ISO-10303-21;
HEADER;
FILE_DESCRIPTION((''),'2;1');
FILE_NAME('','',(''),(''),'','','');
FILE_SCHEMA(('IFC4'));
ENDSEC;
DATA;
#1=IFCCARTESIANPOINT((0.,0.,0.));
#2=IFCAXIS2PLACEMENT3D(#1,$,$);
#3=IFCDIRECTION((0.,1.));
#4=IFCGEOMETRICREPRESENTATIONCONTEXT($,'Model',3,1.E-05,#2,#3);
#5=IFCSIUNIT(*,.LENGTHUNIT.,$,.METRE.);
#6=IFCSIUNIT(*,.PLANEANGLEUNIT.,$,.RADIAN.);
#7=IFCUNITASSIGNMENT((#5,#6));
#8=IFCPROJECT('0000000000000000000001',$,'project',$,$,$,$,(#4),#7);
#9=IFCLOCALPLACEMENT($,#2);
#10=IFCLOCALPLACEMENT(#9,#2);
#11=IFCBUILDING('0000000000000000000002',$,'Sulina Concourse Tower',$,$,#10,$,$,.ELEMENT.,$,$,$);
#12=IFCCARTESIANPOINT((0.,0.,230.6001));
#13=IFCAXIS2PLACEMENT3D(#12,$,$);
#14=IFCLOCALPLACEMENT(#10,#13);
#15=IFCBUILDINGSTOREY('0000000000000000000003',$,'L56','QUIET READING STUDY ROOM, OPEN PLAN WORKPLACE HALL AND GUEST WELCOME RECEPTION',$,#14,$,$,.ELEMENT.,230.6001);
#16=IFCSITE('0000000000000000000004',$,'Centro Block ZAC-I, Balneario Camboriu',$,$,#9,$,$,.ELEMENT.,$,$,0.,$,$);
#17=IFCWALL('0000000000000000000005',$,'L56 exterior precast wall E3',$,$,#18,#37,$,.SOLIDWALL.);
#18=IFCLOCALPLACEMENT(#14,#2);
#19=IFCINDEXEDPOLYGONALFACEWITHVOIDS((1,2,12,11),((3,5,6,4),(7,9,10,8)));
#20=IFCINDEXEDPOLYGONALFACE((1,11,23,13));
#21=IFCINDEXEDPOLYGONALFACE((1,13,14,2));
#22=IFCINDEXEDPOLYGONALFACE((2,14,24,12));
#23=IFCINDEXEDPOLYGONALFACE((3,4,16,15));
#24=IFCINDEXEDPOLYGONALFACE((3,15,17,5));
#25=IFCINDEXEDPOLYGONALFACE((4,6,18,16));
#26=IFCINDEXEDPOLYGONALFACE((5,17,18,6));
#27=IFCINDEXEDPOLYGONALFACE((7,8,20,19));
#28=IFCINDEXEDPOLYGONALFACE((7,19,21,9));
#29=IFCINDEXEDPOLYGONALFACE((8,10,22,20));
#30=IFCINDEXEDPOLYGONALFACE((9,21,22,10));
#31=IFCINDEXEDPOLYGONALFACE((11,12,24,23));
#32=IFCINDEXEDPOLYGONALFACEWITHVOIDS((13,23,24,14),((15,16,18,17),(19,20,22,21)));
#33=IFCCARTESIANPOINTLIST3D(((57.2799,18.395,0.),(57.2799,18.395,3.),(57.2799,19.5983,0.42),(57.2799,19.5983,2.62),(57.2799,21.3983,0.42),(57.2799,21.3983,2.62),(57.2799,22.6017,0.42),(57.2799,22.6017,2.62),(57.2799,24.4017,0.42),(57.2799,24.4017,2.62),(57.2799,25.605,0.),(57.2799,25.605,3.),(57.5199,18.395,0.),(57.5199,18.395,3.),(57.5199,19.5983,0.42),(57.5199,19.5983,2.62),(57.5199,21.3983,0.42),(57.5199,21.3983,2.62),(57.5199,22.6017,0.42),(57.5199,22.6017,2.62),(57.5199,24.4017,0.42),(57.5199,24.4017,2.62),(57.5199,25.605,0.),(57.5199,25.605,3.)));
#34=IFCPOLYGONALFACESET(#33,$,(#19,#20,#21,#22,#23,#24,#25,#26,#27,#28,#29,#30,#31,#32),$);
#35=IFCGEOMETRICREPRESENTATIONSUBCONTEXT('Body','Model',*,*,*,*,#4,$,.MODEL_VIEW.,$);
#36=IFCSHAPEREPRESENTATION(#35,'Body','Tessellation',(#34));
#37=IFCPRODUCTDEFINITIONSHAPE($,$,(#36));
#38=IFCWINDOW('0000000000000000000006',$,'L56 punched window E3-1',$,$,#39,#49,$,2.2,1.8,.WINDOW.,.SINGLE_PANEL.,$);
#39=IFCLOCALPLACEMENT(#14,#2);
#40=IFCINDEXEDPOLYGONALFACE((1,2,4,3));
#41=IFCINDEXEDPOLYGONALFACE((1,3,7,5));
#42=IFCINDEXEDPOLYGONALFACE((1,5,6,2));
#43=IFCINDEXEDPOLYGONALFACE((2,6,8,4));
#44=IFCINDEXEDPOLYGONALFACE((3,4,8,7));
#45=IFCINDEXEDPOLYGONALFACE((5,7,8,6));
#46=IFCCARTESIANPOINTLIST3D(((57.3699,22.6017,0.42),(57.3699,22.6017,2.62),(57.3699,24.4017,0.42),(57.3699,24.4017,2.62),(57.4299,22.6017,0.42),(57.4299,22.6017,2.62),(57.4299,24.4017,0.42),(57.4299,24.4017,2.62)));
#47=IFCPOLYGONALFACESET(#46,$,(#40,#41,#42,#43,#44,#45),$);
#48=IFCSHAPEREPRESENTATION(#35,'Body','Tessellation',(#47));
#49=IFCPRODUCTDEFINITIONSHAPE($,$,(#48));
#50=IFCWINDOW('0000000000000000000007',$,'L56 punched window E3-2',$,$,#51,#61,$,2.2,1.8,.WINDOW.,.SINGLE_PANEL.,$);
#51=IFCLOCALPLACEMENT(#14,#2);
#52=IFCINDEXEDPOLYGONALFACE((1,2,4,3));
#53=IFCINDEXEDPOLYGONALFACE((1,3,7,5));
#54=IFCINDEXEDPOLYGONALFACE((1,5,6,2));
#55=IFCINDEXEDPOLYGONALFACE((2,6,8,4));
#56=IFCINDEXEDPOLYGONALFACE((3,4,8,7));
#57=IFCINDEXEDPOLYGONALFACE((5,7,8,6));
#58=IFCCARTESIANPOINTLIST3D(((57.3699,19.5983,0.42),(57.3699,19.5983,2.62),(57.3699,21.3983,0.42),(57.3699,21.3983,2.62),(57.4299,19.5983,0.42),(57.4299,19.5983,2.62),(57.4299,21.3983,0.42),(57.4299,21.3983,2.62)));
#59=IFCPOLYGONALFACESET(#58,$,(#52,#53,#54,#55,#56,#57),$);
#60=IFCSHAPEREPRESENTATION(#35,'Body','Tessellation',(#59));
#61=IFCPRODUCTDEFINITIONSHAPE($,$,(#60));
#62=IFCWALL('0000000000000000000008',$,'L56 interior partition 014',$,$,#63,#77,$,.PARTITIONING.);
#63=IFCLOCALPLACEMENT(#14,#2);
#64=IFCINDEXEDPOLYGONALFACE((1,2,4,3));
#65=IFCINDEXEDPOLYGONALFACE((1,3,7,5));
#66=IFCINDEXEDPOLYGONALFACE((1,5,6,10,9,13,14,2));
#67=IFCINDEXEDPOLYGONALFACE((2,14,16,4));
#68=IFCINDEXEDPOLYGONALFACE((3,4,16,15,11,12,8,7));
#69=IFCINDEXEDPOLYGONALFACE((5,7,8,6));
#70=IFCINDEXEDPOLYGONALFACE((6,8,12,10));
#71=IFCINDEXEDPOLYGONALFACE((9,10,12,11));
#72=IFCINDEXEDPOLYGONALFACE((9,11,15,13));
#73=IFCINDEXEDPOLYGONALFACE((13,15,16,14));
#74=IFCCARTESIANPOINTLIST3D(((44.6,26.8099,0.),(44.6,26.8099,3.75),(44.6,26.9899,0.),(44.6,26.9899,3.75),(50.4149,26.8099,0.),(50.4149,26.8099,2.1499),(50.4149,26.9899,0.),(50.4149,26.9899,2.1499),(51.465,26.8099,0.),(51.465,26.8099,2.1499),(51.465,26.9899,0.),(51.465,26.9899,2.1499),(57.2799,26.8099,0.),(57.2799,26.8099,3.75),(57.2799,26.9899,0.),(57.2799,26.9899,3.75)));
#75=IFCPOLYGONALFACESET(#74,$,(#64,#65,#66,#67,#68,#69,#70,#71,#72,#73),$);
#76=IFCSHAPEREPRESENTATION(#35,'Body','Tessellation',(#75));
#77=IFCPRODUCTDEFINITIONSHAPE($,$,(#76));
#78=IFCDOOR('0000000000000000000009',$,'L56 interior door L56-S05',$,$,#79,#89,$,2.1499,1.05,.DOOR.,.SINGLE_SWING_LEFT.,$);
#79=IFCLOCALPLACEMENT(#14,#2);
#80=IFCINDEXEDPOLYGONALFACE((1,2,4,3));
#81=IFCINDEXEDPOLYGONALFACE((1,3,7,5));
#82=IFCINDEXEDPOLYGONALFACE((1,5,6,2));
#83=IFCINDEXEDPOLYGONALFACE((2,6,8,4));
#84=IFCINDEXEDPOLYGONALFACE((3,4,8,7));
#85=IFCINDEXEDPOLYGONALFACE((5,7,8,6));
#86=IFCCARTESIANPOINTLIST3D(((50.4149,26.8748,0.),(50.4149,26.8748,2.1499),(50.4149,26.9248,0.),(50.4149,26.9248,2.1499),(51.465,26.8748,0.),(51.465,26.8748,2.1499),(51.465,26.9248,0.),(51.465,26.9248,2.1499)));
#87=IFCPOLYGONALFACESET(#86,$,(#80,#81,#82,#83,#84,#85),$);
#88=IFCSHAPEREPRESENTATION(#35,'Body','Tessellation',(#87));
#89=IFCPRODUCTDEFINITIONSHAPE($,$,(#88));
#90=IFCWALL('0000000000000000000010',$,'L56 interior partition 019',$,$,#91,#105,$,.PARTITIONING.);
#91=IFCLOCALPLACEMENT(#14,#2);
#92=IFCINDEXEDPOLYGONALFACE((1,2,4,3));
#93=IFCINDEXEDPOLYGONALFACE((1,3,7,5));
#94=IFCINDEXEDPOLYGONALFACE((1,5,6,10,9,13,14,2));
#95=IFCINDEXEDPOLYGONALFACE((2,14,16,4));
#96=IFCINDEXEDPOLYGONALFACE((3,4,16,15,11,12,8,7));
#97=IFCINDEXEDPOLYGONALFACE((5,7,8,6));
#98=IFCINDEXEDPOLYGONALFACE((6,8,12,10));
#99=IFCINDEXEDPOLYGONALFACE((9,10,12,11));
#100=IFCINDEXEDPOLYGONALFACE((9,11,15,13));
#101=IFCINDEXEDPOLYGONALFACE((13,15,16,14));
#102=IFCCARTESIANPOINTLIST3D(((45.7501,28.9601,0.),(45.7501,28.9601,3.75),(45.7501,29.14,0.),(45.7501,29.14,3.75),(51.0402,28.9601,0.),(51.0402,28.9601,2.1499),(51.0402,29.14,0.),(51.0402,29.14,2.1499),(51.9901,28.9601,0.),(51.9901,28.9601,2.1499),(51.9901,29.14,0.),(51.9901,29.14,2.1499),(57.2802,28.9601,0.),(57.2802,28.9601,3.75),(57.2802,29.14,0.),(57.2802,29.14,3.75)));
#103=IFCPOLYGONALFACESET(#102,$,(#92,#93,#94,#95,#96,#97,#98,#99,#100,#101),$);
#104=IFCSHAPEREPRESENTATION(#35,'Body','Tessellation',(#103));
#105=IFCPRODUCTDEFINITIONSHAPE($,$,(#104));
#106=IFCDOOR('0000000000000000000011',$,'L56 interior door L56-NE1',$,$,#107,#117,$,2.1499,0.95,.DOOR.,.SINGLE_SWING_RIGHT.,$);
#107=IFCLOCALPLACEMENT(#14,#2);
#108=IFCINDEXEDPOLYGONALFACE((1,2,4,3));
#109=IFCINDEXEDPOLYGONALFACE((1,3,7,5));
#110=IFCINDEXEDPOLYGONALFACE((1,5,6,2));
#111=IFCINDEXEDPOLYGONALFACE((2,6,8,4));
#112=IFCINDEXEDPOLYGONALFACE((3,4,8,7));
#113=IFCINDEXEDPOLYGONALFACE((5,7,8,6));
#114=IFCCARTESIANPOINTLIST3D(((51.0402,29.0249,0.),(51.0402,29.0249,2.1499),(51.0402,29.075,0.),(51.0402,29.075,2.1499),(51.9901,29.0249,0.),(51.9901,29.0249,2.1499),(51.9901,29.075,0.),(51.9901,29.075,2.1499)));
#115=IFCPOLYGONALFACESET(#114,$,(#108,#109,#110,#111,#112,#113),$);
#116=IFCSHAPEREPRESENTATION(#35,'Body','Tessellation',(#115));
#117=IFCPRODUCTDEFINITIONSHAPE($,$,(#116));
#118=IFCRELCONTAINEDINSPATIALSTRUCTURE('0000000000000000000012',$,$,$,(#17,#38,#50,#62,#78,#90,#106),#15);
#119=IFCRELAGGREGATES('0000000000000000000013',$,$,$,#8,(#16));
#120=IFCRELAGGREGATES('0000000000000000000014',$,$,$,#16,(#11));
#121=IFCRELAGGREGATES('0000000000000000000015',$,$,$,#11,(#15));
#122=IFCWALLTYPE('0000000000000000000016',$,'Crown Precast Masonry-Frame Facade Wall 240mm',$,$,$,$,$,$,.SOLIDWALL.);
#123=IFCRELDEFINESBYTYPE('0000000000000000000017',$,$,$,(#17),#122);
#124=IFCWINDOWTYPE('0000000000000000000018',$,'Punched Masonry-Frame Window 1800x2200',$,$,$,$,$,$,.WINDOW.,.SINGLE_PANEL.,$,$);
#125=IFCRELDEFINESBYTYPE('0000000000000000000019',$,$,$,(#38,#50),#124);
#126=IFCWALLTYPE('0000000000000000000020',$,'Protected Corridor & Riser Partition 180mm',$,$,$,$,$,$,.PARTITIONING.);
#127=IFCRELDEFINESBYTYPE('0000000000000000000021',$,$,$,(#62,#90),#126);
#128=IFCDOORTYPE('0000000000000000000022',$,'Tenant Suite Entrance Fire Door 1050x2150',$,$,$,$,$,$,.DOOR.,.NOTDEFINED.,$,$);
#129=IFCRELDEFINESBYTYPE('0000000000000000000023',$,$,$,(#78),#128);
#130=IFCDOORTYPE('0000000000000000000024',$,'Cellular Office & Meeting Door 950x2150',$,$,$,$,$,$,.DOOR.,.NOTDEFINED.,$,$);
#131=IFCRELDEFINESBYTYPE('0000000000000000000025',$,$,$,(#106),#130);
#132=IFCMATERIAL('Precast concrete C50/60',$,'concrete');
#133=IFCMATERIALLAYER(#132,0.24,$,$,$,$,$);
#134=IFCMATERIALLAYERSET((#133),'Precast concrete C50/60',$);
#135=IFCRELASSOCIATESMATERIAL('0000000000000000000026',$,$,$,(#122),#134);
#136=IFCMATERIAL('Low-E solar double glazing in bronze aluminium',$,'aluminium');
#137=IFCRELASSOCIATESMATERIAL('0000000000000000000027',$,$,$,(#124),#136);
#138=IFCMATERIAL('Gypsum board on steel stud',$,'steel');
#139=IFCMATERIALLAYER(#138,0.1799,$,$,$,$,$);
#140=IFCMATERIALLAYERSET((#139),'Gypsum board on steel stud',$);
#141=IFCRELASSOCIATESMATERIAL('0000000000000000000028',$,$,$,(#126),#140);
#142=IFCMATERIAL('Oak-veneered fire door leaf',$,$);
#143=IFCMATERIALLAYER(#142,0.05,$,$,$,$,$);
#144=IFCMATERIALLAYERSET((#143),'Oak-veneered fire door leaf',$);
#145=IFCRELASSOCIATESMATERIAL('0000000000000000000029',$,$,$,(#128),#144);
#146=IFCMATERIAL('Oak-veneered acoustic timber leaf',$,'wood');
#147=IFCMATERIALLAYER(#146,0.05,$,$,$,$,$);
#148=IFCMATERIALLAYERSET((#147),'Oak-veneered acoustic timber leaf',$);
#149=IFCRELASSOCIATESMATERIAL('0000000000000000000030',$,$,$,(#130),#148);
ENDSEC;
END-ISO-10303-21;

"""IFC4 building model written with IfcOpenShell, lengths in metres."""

from ifc_helpers import new_model, si_unit, direction, frame, frame_2d, origin, place, context, subcontext, project, spatial, rectangle, extrude, material, layer, layer_set, type_object, element, fill, save


model = new_model("IFC4")

# Units and contexts
model_context = context("Model", 3, precision=1e-05, world=origin(), true_north=direction((0.0, 1.0)))
body_context = subcontext(model_context, "Body", "Model", "MODEL_VIEW")
ifc_project = project(units=[si_unit("LENGTHUNIT", "METRE"), si_unit("PLANEANGLEUNIT", "RADIAN")], contexts=[model_context])

# Site, building, storey
site_placement = place(None, origin())
site = spatial("IfcSite", under=ifc_project, at=site_placement, Name="Centro Block ZAC-I, Balneario Camboriu", CompositionType="ELEMENT", RefElevation=0.0)
building_placement = place(site_placement, origin())
building = spatial("IfcBuilding", under=site, at=building_placement, Name="Sulina Concourse Tower", CompositionType="ELEMENT")
storey_placement = place(building_placement, frame((0.0, 0.0, 230.6001)))
storey = spatial("IfcBuildingStorey", under=building, at=storey_placement, Name="L56", Description="QUIET READING STUDY ROOM, OPEN PLAN WORKPLACE HALL AND GUEST WELCOME RECEPTION", CompositionType="ELEMENT", Elevation=230.6001)

# Shared definitions
ifc_material_1 = material(Name="Precast concrete C50/60", Category="concrete")
ifc_layer_1 = layer(ifc_material_1, 0.24)
ifc_layer_set_1 = layer_set([ifc_layer_1], Name="Precast concrete C50/60")
wall_type_1 = type_object("IfcWallType", Name="Crown Precast Masonry-Frame Facade Wall 240mm", PredefinedType="SOLIDWALL", material=ifc_layer_set_1)
ifc_material_2 = material(Name="Low-E solar double glazing in bronze aluminium", Category="aluminium")
window_type = type_object("IfcWindowType", Name="Punched Masonry-Frame Window 1800x2200", PartitioningType="SINGLE_PANEL", PredefinedType="WINDOW", material=ifc_material_2)

# Wall, openings, windows
wall_1_placement = place(storey_placement, frame((57.3999, 25.605, 0.0), z_axis=(0.0, 0.0, 1.0), x_axis=(0.0, -1.0, 0.0)))
wall_1 = element("IfcWall", 1, at=wall_1_placement, inside=storey, type_object=wall_type_1, Name="L56 exterior precast wall E3", PredefinedType="SOLIDWALL", context=body_context, shape_type="SweptSolid", body=[
    extrude(rectangle(XDim=7.21, YDim=0.24, at=frame_2d((3.605, 0.0))), origin(), (0.0, 0.0, 1.0), 3.0),
])
opening_1_placement = place(wall_1_placement, frame((1.2034, 0.0, 0.4199)))
opening_1 = element("IfcOpeningElement", 2, at=opening_1_placement, cuts=wall_1, PredefinedType="OPENING", context=body_context, shape_type="SweptSolid", body=[
    extrude(rectangle(XDim=1.8, YDim=2.2, at=frame_2d((0.8999, 1.1001))), frame((0.0, 0.1299, 0.0), z_axis=(0.0, -1.0, 0.0), x_axis=(1.0, 0.0, 0.0)), (0.0, 0.0, 1.0), 0.26),
])
opening_2_placement = place(wall_1_placement, frame((4.2068, 0.0, 0.4199)))
opening_2 = element("IfcOpeningElement", 3, at=opening_2_placement, cuts=wall_1, PredefinedType="OPENING", context=body_context, shape_type="SweptSolid", body=[
    extrude(rectangle(XDim=1.8, YDim=2.2, at=frame_2d((0.8999, 1.1001))), frame((0.0, 0.1299, 0.0), z_axis=(0.0, -1.0, 0.0), x_axis=(1.0, 0.0, 0.0)), (0.0, 0.0, 1.0), 0.26),
])
window_1_placement = place(opening_1_placement, origin())
window_1 = element("IfcWindow", 4, at=window_1_placement, inside=storey, type_object=window_type, Name="L56 punched window E3-1", OverallHeight=2.2, OverallWidth=1.8, PartitioningType="SINGLE_PANEL", PredefinedType="WINDOW", context=body_context, shape_type="SweptSolid", body=[
    extrude(rectangle(XDim=1.8, YDim=2.2, at=frame_2d((0.8999, 1.1001))), frame((0.0, 0.03, 0.0), z_axis=(0.0, -1.0, 0.0), x_axis=(1.0, 0.0, 0.0)), (0.0, 0.0, 1.0), 0.0601),
])
fill(opening_1, window_1)
window_2_placement = place(opening_2_placement, origin())
window_2 = element("IfcWindow", 5, at=window_2_placement, inside=storey, type_object=window_type, Name="L56 punched window E3-2", OverallHeight=2.2, OverallWidth=1.8, PartitioningType="SINGLE_PANEL", PredefinedType="WINDOW", context=body_context, shape_type="SweptSolid", body=[
    extrude(rectangle(XDim=1.8, YDim=2.2, at=frame_2d((0.8999, 1.1001))), frame((0.0, 0.03, 0.0), z_axis=(0.0, -1.0, 0.0), x_axis=(1.0, 0.0, 0.0)), (0.0, 0.0, 1.0), 0.0601),
])
fill(opening_2, window_2)

# Walls, openings, doors
ifc_material_3 = material(Name="Gypsum board on steel stud", Category="steel")
ifc_layer_2 = layer(ifc_material_3, 0.1799)
ifc_layer_set_2 = layer_set([ifc_layer_2], Name="Gypsum board on steel stud")
wall_type_2 = type_object("IfcWallType", Name="Protected Corridor & Riser Partition 180mm", PredefinedType="PARTITIONING", material=ifc_layer_set_2)
wall_2_placement = place(storey_placement, frame((44.6001, 26.8999, 0.0), z_axis=(0.0, 0.0, 1.0), x_axis=(1.0, 0.0, 0.0)))
wall_2 = element("IfcWall", 6, at=wall_2_placement, inside=storey, type_object=wall_type_2, Name="L56 interior partition 014", PredefinedType="PARTITIONING", context=body_context, shape_type="SweptSolid", body=[
    extrude(rectangle(XDim=12.6799, YDim=0.1799, at=frame_2d((6.3398, 0.0))), origin(), (0.0, 0.0, 1.0), 3.75),
])
opening_3_placement = place(wall_2_placement, frame((5.8149, 0.0, 0.0)))
opening_3 = element("IfcOpeningElement", 7, at=opening_3_placement, cuts=wall_2, PredefinedType="OPENING", context=body_context, shape_type="SweptSolid", body=[
    extrude(rectangle(XDim=1.05, YDim=2.1499, at=frame_2d((0.5249, 1.075))), frame((0.0, 0.0999, 0.0), z_axis=(0.0, -1.0, 0.0), x_axis=(1.0, 0.0, 0.0)), (0.0, 0.0, 1.0), 0.2),
])
ifc_material_4 = material(Name="Oak-veneered fire door leaf")
ifc_layer_3 = layer(ifc_material_4, 0.05)
ifc_layer_set_3 = layer_set([ifc_layer_3], Name="Oak-veneered fire door leaf")
door_type_1 = type_object("IfcDoorType", Name="Tenant Suite Entrance Fire Door 1050x2150", OperationType="NOTDEFINED", PredefinedType="DOOR", material=ifc_layer_set_3)
door_1_placement = place(opening_3_placement, origin())
door_1 = element("IfcDoor", 8, at=door_1_placement, inside=storey, type_object=door_type_1, Name="L56 interior door L56-S05", OperationType="SINGLE_SWING_LEFT", OverallHeight=2.1499, OverallWidth=1.05, PredefinedType="DOOR", context=body_context, shape_type="SweptSolid", body=[
    extrude(rectangle(XDim=1.05, YDim=2.1499, at=frame_2d((0.5249, 1.075))), frame((0.0, 0.0249, 0.0), z_axis=(0.0, -1.0, 0.0), x_axis=(1.0, 0.0, 0.0)), (0.0, 0.0, 1.0), 0.05),
])
fill(opening_3, door_1)
wall_3_placement = place(storey_placement, frame((45.75, 29.05, 0.0), z_axis=(0.0, 0.0, 1.0), x_axis=(1.0, 0.0, 0.0)))
wall_3 = element("IfcWall", 9, at=wall_3_placement, inside=storey, type_object=wall_type_2, Name="L56 interior partition 019", PredefinedType="PARTITIONING", context=body_context, shape_type="SweptSolid", body=[
    extrude(rectangle(XDim=11.53, YDim=0.1799, at=frame_2d((5.7651, 0.0))), origin(), (0.0, 0.0, 1.0), 3.75),
])
opening_4_placement = place(wall_3_placement, frame((5.29, 0.0, 0.0)))
opening_4 = element("IfcOpeningElement", 10, at=opening_4_placement, cuts=wall_3, PredefinedType="OPENING", context=body_context, shape_type="SweptSolid", body=[
    extrude(rectangle(XDim=0.95, YDim=2.1499, at=frame_2d((0.4751, 1.075))), frame((0.0, 0.0999, 0.0), z_axis=(0.0, -1.0, 0.0), x_axis=(1.0, 0.0, 0.0)), (0.0, 0.0, 1.0), 0.2),
])
ifc_material_5 = material(Name="Oak-veneered acoustic timber leaf", Category="wood")
ifc_layer_4 = layer(ifc_material_5, 0.05)
ifc_layer_set_4 = layer_set([ifc_layer_4], Name="Oak-veneered acoustic timber leaf")
door_type_2 = type_object("IfcDoorType", Name="Cellular Office & Meeting Door 950x2150", OperationType="NOTDEFINED", PredefinedType="DOOR", material=ifc_layer_set_4)
door_2_placement = place(opening_4_placement, origin())
door_2 = element("IfcDoor", 11, at=door_2_placement, inside=storey, type_object=door_type_2, Name="L56 interior door L56-NE1", OperationType="SINGLE_SWING_RIGHT", OverallHeight=2.1499, OverallWidth=0.95, PredefinedType="DOOR", context=body_context, shape_type="SweptSolid", body=[
    extrude(rectangle(XDim=0.95, YDim=2.1499, at=frame_2d((0.4751, 1.075))), frame((0.0, 0.0249, 0.0), z_axis=(0.0, -1.0, 0.0), x_axis=(1.0, 0.0, 0.0)), (0.0, 0.0, 1.0), 0.05),
])
fill(opening_4, door_2)

save(model, "model.ifc")
